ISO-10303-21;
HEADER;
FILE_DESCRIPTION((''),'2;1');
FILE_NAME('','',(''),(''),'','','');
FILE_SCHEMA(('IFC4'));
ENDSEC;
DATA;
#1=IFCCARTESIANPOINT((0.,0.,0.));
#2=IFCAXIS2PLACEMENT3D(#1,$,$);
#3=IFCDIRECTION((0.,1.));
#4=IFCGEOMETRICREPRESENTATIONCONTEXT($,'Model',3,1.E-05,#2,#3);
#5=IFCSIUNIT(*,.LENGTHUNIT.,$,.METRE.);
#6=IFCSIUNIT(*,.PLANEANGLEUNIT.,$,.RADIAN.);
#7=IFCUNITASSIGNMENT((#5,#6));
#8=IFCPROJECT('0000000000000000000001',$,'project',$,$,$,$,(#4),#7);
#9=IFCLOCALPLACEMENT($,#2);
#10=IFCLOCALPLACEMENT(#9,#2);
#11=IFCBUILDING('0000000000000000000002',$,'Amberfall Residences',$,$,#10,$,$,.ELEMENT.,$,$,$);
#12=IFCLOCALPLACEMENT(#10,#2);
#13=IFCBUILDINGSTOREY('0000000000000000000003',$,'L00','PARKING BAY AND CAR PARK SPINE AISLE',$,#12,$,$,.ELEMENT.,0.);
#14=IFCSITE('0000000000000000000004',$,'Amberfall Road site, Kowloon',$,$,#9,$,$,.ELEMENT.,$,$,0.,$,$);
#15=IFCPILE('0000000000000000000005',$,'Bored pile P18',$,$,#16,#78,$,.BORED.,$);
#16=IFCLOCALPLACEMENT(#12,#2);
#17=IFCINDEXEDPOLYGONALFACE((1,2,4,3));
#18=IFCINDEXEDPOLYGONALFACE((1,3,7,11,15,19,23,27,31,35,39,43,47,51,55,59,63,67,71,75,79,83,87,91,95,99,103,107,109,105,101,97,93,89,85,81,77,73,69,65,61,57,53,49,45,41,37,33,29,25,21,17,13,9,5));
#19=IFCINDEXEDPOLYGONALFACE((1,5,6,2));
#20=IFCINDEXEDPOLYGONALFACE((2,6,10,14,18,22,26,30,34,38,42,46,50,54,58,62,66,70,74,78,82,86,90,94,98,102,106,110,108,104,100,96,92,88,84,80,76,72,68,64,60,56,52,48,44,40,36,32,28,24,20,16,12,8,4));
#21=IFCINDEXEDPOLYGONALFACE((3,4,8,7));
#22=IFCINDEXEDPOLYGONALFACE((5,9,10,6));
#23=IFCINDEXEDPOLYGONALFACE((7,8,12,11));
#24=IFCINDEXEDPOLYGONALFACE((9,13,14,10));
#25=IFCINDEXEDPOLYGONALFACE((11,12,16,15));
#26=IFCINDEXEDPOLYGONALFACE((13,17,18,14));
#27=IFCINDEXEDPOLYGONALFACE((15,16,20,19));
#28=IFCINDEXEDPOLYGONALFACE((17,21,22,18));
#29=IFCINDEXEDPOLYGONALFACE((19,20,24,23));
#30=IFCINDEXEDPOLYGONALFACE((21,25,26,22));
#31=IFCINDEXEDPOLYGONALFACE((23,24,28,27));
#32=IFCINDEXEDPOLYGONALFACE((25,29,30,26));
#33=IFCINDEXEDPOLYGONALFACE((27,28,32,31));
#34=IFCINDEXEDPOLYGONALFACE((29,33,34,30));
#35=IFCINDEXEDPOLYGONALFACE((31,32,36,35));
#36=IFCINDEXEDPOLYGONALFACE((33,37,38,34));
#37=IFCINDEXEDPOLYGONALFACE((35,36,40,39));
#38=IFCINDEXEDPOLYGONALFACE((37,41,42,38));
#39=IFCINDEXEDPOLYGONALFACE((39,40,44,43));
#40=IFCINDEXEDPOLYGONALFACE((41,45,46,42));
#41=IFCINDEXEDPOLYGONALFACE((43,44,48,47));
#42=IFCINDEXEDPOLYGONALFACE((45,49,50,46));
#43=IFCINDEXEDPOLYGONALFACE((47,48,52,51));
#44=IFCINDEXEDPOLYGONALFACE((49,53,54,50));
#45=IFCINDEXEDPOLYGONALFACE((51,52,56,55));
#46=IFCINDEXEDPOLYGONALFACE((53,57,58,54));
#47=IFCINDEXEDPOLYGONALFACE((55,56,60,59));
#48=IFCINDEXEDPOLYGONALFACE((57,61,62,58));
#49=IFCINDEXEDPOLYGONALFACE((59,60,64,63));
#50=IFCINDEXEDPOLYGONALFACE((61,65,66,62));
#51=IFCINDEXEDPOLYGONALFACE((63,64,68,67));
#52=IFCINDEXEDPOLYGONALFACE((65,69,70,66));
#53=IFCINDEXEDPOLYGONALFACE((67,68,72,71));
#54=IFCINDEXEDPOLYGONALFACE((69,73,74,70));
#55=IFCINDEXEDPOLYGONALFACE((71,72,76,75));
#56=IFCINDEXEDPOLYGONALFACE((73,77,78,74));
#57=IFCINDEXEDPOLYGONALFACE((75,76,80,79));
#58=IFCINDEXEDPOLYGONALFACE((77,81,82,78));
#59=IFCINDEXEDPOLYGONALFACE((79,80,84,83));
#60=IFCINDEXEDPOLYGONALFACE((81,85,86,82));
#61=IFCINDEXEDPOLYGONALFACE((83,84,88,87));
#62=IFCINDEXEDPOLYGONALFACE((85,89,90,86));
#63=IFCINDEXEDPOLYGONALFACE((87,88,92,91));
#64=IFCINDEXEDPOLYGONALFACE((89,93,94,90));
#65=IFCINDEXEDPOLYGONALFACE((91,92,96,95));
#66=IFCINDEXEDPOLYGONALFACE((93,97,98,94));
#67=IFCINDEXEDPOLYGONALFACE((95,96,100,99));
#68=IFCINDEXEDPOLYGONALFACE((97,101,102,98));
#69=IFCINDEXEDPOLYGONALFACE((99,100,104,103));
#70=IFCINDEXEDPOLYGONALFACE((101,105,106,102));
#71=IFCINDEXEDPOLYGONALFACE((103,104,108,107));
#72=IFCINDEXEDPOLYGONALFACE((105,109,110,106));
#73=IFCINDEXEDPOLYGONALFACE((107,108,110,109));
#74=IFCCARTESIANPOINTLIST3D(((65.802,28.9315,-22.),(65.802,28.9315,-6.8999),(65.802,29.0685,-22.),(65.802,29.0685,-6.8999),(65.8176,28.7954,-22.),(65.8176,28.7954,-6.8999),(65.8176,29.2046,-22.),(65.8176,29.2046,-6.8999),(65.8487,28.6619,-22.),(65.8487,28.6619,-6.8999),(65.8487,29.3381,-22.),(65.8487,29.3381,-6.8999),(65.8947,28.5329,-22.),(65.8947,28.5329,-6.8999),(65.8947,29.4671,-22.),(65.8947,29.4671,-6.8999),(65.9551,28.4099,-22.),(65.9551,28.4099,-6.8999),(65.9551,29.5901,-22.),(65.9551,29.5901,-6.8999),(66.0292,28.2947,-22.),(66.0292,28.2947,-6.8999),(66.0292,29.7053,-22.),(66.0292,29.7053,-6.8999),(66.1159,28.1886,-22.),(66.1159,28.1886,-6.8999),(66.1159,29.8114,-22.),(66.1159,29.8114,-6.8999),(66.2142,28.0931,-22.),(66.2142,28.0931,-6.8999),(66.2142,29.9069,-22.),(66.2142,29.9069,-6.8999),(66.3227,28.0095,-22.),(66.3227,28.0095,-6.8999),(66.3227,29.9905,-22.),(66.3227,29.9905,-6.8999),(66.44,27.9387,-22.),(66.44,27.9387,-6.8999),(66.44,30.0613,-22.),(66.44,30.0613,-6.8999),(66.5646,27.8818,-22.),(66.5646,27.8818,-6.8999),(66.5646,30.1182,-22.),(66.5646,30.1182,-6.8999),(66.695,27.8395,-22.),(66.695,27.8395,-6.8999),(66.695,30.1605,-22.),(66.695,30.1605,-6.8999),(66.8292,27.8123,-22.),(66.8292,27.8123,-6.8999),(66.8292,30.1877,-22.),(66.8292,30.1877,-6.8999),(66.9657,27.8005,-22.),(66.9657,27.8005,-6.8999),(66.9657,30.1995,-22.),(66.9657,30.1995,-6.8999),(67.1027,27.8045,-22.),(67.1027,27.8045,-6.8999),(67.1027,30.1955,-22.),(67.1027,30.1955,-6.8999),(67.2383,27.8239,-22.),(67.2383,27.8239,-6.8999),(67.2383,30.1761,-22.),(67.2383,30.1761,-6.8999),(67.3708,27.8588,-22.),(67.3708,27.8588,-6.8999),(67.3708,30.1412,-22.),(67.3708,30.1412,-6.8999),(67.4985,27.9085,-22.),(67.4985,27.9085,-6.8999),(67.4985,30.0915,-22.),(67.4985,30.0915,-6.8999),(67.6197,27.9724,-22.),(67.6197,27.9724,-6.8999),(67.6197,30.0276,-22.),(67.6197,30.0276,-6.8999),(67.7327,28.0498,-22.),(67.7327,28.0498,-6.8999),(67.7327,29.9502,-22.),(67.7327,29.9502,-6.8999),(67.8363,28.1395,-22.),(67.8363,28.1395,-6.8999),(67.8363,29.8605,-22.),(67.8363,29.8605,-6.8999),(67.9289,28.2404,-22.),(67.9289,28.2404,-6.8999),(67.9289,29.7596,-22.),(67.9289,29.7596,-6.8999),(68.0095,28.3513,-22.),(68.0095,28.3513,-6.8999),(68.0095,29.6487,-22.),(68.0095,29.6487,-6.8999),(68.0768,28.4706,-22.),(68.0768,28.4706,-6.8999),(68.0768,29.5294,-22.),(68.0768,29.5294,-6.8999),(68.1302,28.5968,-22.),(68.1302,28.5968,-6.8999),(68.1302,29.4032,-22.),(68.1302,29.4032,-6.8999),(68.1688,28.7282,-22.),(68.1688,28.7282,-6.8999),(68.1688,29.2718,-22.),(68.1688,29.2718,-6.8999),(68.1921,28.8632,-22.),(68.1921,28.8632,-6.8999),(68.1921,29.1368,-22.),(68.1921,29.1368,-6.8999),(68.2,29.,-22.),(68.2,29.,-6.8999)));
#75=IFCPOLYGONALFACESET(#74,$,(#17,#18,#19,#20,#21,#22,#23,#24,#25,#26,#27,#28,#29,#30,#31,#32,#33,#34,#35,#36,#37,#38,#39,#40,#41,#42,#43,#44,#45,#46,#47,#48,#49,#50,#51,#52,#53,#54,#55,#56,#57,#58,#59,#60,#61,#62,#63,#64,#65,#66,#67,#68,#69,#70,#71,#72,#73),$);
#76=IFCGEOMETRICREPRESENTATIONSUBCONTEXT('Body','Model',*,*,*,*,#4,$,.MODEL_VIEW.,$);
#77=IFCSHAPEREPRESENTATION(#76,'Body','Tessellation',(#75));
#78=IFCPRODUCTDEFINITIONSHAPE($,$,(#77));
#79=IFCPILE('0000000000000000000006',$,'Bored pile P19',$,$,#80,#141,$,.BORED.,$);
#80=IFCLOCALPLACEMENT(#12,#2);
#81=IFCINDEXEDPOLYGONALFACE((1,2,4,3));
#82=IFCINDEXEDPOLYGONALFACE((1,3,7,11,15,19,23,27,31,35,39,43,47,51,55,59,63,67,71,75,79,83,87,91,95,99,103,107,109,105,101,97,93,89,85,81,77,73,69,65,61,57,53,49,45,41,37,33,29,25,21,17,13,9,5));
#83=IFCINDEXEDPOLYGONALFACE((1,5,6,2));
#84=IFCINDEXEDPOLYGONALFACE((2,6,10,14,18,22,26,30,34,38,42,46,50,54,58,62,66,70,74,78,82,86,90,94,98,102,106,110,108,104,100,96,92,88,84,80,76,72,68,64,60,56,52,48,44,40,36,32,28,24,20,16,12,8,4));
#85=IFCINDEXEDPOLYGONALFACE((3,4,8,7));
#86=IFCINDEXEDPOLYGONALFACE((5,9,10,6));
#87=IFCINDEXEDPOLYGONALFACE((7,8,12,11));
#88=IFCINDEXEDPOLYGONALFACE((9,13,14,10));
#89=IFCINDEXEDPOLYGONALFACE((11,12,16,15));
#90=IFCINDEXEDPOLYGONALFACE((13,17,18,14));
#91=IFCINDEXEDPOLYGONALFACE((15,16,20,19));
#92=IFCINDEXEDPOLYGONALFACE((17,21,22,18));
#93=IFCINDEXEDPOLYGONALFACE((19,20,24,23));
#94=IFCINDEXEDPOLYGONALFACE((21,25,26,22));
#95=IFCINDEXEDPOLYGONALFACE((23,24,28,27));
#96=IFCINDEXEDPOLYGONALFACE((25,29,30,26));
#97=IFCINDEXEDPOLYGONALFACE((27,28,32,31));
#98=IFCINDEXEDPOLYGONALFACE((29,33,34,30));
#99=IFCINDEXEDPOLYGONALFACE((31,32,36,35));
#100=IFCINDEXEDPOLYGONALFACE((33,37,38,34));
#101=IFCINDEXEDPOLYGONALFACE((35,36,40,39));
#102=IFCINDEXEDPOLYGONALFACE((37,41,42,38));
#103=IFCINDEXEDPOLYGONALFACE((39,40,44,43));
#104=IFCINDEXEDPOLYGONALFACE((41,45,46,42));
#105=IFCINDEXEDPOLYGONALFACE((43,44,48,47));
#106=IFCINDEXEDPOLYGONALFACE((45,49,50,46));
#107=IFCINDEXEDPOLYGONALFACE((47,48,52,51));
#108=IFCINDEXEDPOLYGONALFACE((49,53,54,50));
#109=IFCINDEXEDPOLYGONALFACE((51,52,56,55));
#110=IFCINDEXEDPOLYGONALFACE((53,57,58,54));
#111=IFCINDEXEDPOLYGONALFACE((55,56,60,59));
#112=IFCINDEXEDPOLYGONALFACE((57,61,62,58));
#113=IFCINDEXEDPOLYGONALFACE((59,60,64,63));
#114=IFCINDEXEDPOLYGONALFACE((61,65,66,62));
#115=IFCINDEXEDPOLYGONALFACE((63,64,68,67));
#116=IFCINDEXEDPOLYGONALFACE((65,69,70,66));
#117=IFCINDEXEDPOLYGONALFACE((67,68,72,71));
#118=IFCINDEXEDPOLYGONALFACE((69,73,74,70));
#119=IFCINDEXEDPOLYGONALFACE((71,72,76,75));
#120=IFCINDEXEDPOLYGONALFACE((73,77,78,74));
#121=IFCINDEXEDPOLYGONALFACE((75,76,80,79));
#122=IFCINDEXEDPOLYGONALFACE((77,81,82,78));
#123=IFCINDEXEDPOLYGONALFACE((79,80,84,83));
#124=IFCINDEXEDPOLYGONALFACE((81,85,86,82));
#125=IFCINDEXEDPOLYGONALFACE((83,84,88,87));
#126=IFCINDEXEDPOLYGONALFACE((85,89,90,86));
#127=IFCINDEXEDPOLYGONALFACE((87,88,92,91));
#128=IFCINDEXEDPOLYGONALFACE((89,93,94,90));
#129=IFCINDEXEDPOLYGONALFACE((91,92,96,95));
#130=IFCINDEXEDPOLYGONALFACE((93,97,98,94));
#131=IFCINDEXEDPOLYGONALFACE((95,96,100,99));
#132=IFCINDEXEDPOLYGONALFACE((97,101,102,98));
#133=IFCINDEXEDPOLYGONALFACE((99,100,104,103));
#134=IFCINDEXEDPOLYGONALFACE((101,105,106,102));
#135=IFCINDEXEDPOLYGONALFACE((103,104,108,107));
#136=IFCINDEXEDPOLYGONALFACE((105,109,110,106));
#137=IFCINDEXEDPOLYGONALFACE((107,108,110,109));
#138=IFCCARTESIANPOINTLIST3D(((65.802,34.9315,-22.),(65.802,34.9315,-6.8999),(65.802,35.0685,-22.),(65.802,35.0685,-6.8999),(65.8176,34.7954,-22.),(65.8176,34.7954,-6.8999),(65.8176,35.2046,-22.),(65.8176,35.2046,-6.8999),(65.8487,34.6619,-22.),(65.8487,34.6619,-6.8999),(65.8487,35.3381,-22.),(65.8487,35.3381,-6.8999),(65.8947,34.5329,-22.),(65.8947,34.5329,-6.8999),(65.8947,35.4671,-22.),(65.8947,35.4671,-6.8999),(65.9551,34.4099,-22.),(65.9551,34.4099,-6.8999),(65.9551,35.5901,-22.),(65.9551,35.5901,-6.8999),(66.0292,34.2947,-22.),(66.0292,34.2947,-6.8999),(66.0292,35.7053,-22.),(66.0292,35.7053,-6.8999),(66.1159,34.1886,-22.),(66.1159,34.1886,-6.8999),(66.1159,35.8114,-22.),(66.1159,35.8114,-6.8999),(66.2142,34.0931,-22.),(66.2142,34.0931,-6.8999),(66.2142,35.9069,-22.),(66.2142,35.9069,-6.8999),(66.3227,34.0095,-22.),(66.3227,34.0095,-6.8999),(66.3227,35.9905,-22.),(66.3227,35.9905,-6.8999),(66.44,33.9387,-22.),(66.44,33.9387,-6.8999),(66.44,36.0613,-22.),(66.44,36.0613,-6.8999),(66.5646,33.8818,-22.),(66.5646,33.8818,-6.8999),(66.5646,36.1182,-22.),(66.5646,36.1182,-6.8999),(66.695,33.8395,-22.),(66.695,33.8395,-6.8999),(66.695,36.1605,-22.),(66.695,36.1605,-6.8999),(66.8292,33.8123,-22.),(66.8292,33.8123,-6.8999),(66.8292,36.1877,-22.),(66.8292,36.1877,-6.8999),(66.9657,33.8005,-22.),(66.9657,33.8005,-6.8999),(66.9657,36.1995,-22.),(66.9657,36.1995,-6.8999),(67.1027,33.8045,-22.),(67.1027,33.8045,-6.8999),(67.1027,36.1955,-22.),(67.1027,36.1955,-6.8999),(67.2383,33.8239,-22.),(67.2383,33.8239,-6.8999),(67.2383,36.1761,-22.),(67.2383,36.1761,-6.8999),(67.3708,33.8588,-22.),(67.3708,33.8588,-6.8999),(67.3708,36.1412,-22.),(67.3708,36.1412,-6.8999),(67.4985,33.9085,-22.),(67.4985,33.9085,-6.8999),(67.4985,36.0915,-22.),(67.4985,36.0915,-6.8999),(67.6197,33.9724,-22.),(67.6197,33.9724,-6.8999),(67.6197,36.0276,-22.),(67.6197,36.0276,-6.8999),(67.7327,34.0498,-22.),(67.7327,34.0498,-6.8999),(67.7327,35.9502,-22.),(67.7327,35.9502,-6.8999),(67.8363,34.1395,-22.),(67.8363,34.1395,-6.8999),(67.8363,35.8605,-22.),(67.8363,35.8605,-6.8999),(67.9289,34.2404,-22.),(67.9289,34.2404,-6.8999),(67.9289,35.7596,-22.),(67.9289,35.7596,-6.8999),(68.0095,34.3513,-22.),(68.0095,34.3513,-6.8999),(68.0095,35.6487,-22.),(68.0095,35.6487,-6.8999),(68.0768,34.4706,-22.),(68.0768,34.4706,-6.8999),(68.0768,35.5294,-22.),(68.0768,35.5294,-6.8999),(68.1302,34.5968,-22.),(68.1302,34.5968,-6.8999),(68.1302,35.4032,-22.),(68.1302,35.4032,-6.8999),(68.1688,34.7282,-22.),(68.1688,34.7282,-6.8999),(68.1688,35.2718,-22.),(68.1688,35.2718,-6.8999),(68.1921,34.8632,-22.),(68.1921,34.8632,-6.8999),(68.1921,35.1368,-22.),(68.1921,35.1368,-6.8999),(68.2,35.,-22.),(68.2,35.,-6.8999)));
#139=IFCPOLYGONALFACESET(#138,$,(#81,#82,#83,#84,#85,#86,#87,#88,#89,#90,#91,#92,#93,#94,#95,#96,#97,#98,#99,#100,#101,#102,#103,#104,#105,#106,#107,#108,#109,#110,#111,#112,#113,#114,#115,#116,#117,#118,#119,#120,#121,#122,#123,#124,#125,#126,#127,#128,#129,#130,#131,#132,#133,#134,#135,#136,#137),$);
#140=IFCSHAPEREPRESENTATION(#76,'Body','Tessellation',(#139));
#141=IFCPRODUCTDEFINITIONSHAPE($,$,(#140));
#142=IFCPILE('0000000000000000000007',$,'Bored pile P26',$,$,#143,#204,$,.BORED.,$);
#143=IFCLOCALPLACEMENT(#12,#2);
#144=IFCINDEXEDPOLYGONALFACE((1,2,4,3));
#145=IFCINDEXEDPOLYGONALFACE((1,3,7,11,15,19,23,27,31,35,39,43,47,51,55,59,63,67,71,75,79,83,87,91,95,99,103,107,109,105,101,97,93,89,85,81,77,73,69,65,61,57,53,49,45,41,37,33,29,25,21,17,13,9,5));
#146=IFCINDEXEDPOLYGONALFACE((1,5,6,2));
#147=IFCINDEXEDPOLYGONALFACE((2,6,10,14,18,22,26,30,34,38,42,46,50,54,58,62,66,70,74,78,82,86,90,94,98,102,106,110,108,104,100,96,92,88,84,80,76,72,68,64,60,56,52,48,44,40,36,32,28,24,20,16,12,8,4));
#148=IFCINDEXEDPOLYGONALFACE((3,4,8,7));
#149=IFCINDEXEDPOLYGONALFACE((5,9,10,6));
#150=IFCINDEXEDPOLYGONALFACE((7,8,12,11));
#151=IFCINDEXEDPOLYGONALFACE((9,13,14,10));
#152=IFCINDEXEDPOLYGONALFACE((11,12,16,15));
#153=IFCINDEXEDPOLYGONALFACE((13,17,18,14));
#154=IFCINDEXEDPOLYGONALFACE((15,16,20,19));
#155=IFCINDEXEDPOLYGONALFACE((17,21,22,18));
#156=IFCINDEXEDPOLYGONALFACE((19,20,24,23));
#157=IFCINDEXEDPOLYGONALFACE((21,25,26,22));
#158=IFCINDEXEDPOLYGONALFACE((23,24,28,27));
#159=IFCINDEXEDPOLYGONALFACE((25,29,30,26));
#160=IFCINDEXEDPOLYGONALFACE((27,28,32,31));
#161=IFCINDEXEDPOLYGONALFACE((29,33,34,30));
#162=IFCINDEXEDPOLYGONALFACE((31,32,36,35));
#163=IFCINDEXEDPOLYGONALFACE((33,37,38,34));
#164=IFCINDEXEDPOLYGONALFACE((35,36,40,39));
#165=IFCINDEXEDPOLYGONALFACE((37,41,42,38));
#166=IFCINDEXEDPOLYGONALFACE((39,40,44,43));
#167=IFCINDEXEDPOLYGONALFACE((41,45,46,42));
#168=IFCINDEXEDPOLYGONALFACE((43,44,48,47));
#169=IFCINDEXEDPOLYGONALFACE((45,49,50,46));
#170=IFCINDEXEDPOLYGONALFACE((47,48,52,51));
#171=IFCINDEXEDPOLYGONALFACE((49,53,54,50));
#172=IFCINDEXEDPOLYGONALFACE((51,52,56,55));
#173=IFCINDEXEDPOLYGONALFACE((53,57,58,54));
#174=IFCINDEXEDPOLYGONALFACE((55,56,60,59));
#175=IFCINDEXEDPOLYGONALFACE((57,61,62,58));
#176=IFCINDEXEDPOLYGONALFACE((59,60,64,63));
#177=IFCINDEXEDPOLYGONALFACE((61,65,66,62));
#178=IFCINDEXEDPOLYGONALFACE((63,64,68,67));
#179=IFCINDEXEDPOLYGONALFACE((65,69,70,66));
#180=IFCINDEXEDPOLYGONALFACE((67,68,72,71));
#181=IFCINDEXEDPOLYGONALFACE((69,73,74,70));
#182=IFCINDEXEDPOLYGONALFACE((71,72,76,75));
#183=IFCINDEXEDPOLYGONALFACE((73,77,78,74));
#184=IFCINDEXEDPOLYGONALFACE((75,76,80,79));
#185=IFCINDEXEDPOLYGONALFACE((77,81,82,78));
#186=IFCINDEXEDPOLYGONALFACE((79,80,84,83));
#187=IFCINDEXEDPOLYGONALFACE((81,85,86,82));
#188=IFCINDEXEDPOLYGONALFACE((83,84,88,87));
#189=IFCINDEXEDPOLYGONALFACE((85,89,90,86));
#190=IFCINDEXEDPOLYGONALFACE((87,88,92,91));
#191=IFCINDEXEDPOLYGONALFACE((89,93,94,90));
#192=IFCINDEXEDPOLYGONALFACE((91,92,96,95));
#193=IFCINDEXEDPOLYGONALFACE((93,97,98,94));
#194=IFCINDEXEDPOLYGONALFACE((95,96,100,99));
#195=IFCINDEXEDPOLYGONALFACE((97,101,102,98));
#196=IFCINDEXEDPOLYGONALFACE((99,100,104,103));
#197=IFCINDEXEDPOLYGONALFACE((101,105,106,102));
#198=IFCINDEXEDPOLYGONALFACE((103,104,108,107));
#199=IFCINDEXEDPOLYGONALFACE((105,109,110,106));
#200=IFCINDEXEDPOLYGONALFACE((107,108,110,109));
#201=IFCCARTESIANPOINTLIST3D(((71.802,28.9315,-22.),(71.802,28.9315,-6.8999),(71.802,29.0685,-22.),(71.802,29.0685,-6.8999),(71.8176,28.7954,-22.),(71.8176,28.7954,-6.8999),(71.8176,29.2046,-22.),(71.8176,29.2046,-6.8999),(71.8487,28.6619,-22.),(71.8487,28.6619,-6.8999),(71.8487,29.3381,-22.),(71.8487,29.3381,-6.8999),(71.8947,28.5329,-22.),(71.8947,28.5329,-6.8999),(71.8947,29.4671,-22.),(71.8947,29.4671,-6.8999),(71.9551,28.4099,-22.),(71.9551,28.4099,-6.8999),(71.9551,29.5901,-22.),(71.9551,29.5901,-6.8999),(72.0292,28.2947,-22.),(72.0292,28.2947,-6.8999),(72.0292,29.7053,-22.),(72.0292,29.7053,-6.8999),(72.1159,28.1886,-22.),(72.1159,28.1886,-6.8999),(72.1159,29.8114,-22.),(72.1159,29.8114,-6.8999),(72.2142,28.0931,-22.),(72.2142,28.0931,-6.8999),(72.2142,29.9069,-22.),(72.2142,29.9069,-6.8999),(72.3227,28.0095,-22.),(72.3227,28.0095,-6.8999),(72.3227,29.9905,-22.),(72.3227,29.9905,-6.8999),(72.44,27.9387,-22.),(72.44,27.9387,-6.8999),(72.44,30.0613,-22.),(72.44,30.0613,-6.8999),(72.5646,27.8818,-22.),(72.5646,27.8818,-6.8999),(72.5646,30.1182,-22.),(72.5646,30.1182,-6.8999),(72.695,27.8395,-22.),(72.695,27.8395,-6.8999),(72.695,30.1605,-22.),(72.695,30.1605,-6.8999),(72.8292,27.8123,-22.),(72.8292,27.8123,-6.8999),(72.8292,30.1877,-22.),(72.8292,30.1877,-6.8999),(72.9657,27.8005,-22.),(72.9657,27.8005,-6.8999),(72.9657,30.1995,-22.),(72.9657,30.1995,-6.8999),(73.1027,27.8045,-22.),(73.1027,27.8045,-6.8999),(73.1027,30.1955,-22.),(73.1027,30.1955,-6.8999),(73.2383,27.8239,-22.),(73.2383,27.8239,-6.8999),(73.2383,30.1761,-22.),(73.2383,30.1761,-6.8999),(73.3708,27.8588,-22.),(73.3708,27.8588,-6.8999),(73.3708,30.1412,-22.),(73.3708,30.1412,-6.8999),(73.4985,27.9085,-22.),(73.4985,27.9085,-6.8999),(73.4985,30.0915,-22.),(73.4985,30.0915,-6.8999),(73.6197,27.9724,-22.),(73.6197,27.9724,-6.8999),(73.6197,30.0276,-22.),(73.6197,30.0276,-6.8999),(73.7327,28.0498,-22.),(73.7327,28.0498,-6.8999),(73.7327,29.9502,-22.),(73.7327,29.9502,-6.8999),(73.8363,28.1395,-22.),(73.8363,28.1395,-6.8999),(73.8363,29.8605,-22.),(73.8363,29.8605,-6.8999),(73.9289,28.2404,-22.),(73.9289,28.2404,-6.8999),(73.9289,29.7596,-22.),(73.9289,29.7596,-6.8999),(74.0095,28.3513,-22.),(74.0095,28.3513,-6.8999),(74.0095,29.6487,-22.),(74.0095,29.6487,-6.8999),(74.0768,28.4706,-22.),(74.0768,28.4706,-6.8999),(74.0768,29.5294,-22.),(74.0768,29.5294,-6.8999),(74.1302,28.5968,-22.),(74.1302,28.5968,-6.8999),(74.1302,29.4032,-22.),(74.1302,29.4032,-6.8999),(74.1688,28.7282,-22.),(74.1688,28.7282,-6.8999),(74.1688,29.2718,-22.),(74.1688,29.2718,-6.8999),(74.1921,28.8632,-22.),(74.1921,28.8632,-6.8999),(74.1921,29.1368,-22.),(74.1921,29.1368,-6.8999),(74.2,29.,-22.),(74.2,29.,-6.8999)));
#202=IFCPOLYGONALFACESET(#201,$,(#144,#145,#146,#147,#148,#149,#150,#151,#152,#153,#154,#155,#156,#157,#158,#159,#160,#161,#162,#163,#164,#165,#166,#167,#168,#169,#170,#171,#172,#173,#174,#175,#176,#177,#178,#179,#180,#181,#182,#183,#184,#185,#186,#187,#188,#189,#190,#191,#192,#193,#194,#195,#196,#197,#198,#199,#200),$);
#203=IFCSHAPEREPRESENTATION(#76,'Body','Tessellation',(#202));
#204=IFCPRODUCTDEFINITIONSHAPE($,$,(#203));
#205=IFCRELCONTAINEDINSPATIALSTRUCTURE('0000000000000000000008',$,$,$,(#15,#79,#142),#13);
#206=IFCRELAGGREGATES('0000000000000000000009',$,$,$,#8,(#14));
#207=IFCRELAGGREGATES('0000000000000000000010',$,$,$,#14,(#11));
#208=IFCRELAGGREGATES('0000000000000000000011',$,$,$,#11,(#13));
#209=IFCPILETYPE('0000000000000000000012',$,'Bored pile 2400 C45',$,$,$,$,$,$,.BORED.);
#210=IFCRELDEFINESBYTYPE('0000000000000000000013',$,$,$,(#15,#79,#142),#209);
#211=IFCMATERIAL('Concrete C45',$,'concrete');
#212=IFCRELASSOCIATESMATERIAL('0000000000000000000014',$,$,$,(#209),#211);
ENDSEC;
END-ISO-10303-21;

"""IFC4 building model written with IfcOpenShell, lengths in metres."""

from ifc_helpers import new_model, si_unit, direction, frame, origin, origin_2d, place, context, subcontext, project, spatial, circle, extrude, material, material_profile, profile_set, type_object, element, save


model = new_model("IFC4")

# Units and contexts
model_context = context("Model", 3, precision=1e-05, world=origin(), true_north=direction((0.0, 1.0)))
body_context = subcontext(model_context, "Body", "Model", "MODEL_VIEW")
ifc_project = project(units=[si_unit("LENGTHUNIT", "METRE"), si_unit("PLANEANGLEUNIT", "RADIAN")], contexts=[model_context])

# Site, building, storey
site_placement = place(None, origin())
site = spatial("IfcSite", under=ifc_project, at=site_placement, Name="Amberfall Road site, Kowloon", CompositionType="ELEMENT", RefElevation=0.0)
building_placement = place(site_placement, origin())
building = spatial("IfcBuilding", under=site, at=building_placement, Name="Amberfall Residences", CompositionType="ELEMENT")
storey_placement = place(building_placement, origin())
storey = spatial("IfcBuildingStorey", under=building, at=storey_placement, Name="L00", Description="PARKING BAY AND CAR PARK SPINE AISLE", CompositionType="ELEMENT", Elevation=0.0)

# Piles
ifc_material_1 = material(Name="Concrete C45", Category="concrete")
ifc_material_profile = material_profile(ifc_material_1, circle(Radius=1.2, at=origin_2d()), Name="Bored pile 2400 C45")
ifc_profile_set = profile_set([ifc_material_profile], Name="Concrete C45")
pile_type = type_object("IfcPileType", Name="Bored pile 2400 C45", PredefinedType="BORED", material=ifc_profile_set)
for number, where, z_axis, x_axis, name in (
    (1, (67.0, 29.0, -6.8999), (0.0, 0.0, -1.0), (1.0, 0.0, 0.0), "Bored pile P18"),
    (2, (67.0, 35.0, -6.8999), (0.0, 0.0, -1.0), (1.0, 0.0, 0.0), "Bored pile P19"),
    (3, (73.0, 29.0, -6.8999), (0.0, 0.0, -1.0), (1.0, 0.0, 0.0), "Bored pile P26"),
):
    element("IfcPile", number, at=place(storey_placement, frame(where, z_axis=z_axis, x_axis=x_axis)), inside=storey, type_object=pile_type, Name=name, PredefinedType="BORED", context=body_context, shape_type="SweptSolid", body=[
        extrude(circle(Radius=1.2, at=origin_2d()), origin(), (0.0, 0.0, 1.0), 15.1001),
    ])

save(model, "model.ifc")
